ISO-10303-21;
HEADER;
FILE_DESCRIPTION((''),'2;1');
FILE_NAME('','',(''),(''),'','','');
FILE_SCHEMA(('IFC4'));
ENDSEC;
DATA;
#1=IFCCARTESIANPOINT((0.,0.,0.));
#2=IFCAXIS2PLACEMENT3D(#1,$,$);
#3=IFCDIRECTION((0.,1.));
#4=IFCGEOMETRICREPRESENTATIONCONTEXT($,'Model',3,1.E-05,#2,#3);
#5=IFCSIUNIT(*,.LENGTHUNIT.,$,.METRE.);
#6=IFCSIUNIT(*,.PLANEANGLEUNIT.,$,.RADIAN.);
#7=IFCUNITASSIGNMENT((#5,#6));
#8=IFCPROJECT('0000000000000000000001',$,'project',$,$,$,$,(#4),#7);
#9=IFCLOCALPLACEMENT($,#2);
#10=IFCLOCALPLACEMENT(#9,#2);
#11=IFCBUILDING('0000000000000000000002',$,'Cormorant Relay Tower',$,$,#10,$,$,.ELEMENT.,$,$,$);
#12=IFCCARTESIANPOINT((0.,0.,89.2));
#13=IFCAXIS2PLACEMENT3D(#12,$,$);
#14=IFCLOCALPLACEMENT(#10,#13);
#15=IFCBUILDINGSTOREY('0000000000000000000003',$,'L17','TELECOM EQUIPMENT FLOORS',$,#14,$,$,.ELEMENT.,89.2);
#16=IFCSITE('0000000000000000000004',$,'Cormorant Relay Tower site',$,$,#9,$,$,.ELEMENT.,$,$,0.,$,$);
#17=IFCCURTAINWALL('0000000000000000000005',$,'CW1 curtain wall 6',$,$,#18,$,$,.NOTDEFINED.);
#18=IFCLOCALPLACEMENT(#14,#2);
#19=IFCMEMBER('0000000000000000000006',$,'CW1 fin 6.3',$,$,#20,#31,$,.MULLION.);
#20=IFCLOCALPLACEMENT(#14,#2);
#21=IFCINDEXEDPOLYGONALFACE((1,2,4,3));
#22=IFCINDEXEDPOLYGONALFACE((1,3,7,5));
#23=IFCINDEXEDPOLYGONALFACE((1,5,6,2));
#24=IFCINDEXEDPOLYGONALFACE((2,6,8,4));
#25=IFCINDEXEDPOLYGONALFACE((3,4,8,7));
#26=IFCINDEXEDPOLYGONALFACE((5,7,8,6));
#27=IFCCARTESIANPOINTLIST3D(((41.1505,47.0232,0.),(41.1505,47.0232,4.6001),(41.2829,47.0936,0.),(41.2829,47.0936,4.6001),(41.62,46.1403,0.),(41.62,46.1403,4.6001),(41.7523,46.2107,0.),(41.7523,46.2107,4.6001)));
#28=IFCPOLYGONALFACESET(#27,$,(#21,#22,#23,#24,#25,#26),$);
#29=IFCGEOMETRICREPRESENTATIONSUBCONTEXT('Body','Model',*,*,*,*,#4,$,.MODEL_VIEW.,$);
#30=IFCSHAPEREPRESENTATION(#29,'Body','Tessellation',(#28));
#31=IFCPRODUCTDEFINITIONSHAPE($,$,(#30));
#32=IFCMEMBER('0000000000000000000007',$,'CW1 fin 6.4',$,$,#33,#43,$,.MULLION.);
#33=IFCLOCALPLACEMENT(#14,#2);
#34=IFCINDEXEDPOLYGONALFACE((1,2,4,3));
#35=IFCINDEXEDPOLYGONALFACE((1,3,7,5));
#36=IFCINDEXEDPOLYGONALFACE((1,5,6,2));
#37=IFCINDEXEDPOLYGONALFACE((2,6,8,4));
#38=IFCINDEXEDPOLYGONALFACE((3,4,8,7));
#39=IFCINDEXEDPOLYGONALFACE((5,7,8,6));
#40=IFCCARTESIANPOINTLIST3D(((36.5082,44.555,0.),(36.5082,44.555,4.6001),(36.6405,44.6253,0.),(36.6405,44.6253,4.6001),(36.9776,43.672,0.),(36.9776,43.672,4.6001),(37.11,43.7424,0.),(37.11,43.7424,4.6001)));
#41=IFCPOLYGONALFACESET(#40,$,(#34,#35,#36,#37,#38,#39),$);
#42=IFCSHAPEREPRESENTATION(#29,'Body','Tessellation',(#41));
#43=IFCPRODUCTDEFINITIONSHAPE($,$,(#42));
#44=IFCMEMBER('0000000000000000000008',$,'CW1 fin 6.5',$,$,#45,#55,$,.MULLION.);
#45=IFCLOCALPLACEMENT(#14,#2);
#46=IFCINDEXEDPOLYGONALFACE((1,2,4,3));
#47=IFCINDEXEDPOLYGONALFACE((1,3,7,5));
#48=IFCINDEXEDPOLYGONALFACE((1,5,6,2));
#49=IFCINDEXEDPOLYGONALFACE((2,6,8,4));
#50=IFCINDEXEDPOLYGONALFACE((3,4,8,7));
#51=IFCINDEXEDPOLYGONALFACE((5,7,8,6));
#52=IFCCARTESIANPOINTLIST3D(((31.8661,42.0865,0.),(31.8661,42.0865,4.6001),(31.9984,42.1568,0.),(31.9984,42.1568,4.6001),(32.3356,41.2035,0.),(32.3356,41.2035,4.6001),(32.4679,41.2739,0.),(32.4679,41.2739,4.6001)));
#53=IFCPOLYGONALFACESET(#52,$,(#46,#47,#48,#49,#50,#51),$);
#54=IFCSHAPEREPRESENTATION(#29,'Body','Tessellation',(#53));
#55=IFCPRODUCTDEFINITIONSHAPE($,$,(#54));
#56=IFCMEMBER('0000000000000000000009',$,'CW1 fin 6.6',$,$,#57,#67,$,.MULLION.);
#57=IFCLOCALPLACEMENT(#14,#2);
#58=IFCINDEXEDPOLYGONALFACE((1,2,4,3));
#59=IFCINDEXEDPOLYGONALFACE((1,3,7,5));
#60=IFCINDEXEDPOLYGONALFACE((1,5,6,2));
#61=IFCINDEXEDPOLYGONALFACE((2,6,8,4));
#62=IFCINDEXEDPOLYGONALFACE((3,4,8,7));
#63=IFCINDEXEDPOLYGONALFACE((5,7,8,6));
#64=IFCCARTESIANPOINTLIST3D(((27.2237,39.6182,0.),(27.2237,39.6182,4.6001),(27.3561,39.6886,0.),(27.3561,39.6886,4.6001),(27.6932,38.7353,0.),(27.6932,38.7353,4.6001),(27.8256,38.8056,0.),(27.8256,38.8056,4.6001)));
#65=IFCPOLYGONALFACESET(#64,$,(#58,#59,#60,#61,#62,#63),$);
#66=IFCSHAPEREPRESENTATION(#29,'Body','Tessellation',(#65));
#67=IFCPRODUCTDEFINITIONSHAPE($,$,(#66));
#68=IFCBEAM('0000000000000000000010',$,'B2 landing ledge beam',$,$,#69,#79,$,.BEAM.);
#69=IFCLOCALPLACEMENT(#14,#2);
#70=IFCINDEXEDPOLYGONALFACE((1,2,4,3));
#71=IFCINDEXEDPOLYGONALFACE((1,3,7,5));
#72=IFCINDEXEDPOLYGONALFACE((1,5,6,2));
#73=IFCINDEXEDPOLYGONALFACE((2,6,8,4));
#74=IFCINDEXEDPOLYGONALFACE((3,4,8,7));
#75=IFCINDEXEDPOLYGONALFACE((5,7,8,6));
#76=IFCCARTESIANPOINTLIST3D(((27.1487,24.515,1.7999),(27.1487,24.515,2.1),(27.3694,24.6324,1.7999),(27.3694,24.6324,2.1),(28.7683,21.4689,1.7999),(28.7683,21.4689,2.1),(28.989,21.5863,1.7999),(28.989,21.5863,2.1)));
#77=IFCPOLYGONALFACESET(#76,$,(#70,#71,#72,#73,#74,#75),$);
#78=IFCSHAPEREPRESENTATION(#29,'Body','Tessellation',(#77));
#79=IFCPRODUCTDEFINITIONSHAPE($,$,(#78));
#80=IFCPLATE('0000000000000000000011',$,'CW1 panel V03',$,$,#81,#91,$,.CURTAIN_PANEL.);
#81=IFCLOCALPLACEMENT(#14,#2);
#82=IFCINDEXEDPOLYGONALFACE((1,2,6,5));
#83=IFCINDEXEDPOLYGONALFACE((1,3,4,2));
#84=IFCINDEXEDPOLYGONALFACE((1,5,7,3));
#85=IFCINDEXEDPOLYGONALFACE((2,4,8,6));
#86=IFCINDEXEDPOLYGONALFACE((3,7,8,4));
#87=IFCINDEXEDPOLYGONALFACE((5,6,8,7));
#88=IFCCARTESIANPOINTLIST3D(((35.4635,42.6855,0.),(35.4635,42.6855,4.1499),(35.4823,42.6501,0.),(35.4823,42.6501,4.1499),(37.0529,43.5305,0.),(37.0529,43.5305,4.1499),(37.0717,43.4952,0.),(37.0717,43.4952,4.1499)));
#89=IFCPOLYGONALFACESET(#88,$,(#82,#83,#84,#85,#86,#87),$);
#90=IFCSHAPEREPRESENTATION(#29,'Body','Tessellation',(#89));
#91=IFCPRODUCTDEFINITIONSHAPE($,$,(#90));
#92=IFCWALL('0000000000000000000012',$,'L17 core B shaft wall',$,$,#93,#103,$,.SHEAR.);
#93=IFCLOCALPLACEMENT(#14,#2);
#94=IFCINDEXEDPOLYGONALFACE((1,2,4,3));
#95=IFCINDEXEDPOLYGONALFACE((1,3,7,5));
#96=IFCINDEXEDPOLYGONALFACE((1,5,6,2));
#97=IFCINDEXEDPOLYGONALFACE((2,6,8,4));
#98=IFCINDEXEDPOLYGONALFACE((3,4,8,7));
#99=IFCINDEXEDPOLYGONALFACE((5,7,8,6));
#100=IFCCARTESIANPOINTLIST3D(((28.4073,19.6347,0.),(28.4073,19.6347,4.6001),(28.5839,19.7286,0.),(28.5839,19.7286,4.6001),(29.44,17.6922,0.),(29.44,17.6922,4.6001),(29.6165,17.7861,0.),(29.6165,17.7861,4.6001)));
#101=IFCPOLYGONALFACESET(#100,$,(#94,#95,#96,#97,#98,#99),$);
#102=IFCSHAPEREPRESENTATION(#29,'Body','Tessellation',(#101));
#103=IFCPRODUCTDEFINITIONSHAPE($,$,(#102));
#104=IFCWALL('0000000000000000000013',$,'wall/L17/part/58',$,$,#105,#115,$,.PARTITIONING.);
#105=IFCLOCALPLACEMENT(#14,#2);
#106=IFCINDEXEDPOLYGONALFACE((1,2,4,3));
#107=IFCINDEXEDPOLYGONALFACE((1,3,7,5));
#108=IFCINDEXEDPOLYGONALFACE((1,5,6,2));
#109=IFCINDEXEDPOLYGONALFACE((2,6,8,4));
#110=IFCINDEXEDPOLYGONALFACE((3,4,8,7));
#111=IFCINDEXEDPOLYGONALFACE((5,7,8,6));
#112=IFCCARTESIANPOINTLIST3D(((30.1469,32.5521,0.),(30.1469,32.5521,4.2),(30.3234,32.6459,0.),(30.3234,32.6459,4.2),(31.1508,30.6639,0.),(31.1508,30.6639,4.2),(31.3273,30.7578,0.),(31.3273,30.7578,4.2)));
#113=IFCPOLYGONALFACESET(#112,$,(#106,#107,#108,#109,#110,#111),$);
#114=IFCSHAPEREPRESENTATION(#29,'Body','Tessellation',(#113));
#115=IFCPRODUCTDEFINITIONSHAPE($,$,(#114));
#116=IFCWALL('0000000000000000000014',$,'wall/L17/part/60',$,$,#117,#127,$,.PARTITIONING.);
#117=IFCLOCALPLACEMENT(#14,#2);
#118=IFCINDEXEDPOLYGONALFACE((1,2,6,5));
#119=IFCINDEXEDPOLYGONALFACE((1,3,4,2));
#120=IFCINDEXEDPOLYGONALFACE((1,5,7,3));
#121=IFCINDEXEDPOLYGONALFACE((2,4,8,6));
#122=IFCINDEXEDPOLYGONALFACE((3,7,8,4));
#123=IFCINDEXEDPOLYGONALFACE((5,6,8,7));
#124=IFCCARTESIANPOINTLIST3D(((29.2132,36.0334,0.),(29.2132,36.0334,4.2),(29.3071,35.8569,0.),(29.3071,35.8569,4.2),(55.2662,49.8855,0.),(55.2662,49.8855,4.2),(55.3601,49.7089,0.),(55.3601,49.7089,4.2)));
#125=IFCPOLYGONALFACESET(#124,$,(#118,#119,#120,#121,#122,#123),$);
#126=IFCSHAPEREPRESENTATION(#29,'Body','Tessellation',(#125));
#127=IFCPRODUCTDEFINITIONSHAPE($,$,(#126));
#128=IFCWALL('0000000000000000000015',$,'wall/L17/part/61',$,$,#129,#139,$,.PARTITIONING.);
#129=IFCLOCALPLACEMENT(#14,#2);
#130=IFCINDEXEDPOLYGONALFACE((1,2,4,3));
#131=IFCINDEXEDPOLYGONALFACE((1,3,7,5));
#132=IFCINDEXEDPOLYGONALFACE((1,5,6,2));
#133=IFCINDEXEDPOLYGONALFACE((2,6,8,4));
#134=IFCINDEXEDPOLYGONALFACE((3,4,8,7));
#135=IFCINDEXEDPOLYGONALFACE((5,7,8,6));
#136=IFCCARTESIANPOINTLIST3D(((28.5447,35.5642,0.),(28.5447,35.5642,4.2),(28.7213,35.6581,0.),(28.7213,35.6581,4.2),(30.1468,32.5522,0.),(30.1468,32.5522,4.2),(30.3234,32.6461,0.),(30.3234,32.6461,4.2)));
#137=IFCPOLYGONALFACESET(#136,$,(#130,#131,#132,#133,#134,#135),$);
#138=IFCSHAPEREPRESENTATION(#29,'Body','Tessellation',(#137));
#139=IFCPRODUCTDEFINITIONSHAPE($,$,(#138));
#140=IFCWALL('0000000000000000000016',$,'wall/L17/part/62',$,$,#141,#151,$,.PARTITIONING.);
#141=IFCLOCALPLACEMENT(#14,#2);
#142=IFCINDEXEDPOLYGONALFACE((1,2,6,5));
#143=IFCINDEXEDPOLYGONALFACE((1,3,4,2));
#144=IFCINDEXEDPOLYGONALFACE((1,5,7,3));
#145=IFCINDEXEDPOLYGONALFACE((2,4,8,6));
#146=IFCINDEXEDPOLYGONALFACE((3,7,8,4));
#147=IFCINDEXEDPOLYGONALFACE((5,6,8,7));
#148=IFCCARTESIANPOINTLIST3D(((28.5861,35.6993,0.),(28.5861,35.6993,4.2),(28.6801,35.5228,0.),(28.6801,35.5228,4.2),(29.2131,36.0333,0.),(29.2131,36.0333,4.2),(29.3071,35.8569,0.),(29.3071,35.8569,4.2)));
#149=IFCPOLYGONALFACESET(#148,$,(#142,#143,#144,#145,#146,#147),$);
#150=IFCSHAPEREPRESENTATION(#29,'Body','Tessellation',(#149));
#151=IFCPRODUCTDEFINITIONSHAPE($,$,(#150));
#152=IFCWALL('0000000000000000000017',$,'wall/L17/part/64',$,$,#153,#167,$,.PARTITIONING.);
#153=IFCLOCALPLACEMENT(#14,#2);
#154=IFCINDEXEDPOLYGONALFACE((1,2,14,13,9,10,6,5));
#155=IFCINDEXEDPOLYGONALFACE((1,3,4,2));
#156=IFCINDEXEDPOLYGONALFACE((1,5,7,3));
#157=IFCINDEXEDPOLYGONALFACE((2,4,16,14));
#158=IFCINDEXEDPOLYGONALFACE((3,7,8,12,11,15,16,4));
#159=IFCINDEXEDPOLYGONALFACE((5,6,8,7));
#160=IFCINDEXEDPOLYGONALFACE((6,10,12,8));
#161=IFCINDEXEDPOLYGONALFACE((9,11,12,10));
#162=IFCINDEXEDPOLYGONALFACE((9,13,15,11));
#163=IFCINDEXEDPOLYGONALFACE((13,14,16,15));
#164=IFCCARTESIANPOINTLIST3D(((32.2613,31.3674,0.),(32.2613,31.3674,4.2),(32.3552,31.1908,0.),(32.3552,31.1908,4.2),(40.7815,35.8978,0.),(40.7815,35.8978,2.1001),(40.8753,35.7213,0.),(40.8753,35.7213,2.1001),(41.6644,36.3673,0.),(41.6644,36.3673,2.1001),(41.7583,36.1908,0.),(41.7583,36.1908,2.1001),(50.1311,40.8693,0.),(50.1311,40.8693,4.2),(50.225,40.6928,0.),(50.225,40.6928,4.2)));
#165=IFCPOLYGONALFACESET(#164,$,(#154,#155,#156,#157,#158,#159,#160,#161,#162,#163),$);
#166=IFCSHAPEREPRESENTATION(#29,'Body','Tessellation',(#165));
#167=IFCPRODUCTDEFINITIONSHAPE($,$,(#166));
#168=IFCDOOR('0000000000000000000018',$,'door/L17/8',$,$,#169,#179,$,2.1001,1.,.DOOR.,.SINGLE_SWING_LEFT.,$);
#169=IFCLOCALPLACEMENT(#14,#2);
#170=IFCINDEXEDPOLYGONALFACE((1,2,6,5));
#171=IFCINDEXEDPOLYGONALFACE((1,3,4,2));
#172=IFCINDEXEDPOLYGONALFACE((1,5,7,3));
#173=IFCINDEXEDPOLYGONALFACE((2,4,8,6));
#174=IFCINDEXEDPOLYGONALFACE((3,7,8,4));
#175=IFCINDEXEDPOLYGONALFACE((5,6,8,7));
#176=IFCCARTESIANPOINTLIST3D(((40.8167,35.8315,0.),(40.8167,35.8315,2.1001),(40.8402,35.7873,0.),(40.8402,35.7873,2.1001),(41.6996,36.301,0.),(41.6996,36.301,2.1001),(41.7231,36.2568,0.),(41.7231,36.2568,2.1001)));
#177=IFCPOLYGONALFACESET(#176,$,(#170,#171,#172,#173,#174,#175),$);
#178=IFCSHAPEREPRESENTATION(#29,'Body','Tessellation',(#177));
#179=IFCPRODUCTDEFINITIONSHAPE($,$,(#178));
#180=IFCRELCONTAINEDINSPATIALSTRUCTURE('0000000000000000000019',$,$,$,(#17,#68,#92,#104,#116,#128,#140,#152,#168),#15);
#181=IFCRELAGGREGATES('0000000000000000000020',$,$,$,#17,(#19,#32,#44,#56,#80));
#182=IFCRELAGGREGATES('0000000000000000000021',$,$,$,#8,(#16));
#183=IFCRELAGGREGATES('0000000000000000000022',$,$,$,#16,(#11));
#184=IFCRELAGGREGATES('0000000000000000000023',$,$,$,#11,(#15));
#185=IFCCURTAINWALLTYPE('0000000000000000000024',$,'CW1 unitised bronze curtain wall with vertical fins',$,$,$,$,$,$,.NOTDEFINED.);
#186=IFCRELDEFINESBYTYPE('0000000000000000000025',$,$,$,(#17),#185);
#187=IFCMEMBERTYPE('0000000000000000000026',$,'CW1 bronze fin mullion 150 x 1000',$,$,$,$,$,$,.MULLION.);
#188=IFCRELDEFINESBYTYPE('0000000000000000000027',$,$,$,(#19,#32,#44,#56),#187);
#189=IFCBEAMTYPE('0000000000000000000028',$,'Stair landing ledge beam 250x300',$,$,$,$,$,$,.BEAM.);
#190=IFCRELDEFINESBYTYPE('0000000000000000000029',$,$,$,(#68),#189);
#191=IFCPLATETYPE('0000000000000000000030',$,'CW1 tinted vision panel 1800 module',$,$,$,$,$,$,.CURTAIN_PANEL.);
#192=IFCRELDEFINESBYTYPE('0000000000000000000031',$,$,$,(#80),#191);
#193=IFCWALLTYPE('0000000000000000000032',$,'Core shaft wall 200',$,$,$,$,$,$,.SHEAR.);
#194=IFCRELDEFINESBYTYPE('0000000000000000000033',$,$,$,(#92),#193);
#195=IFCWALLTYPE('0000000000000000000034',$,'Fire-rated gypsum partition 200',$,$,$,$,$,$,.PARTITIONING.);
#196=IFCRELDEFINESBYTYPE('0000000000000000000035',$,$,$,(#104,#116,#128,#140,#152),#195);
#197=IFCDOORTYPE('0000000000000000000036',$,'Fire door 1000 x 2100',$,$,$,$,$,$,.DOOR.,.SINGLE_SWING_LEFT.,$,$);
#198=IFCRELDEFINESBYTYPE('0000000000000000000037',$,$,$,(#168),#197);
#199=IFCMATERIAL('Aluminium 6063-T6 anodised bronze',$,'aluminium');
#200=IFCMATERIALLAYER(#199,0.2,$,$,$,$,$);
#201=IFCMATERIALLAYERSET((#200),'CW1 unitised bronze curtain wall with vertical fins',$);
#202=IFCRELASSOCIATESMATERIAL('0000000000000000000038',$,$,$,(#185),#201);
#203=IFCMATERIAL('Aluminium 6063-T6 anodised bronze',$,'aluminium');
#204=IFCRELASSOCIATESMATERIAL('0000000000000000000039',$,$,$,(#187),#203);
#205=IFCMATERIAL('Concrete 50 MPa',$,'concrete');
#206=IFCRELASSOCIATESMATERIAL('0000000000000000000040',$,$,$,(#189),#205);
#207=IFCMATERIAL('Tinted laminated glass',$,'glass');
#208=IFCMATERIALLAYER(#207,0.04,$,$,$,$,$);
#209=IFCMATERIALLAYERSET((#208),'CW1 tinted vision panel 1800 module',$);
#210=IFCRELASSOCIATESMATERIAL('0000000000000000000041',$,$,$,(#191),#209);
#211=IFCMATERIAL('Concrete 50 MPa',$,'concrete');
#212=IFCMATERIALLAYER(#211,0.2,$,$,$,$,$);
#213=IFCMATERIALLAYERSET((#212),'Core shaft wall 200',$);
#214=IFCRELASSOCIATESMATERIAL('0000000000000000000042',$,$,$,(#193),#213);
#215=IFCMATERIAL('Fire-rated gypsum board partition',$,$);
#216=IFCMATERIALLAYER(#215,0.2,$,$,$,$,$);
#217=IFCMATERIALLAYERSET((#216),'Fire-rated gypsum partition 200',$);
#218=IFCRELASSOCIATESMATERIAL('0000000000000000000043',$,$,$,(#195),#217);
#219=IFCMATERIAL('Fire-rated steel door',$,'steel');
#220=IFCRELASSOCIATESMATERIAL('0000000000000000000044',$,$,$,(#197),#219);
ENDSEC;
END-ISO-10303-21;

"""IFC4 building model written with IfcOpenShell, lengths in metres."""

from ifc_helpers import new_model, si_unit, direction, frame, frame_2d, origin, origin_2d, place, context, subcontext, project, spatial, rectangle, extrude, material, layer, layer_set, material_profile, profile_set, type_object, element, fill, aggregate, save


model = new_model("IFC4")

# Units and contexts
model_context = context("Model", 3, precision=1e-05, world=origin(), true_north=direction((0.0, 1.0)))
body_context = subcontext(model_context, "Body", "Model", "MODEL_VIEW")
ifc_project = project(units=[si_unit("LENGTHUNIT", "METRE"), si_unit("PLANEANGLEUNIT", "RADIAN")], contexts=[model_context])

# Site, building, storey
site_placement = place(None, origin())
site = spatial("IfcSite", under=ifc_project, at=site_placement, Name="Cormorant Relay Tower site", CompositionType="ELEMENT", RefElevation=0.0)
building_placement = place(site_placement, origin())
building = spatial("IfcBuilding", under=site, at=building_placement, Name="Cormorant Relay Tower", CompositionType="ELEMENT")
storey_placement = place(building_placement, frame((0.0, 0.0, 89.2)))
storey = spatial("IfcBuildingStorey", under=building, at=storey_placement, Name="L17", Description="TELECOM EQUIPMENT FLOORS", CompositionType="ELEMENT", Elevation=89.2)

# Curtain wall, members
ifc_material_1 = material(Name="Aluminium 6063-T6 anodised bronze", Category="aluminium")
ifc_layer_1 = layer(ifc_material_1, 0.2)
ifc_layer_set_1 = layer_set([ifc_layer_1], Name="CW1 unitised bronze curtain wall with vertical fins")
curtain_wall_type = type_object("IfcCurtainWallType", Name="CW1 unitised bronze curtain wall with vertical fins", PredefinedType="NOTDEFINED", material=ifc_layer_set_1)
curtain_wall_placement = place(storey_placement, origin())
curtain_wall = element("IfcCurtainWall", 1, at=curtain_wall_placement, inside=storey, type_object=curtain_wall_type, Name="CW1 curtain wall 6", PredefinedType="NOTDEFINED")
ifc_material_2 = material(Name="Aluminium 6063-T6 anodised bronze", Category="aluminium")
ifc_material_profile_1 = material_profile(ifc_material_2, rectangle(XDim=0.1499, YDim=1.0, at=origin_2d()), Name="AL 150x1000")
ifc_profile_set_1 = profile_set([ifc_material_profile_1], Name="Aluminium 6063-T6 anodised bronze")
member_type = type_object("IfcMemberType", Name="CW1 bronze fin mullion 150 x 1000", PredefinedType="MULLION", material=ifc_profile_set_1)
member_1_placement = place(storey_placement, frame((41.4514, 46.6169, 0.0), z_axis=(0.0, 0.0, 1.0), x_axis=(-0.882948, -0.469472, 0.0)))
member_1 = element("IfcMember", 2, at=member_1_placement, type_object=member_type, Name="CW1 fin 6.3", PredefinedType="MULLION", context=body_context, shape_type="SweptSolid", body=[
    extrude(rectangle(XDim=0.1499, YDim=1.0, at=origin_2d()), origin(), (0.0, 0.0, 1.0), 4.6001),
])
member_2_placement = place(storey_placement, frame((36.8091, 44.1487, 0.0), z_axis=(0.0, 0.0, 1.0), x_axis=(-0.882948, -0.469472, 0.0)))
member_2 = element("IfcMember", 3, at=member_2_placement, type_object=member_type, Name="CW1 fin 6.4", PredefinedType="MULLION", context=body_context, shape_type="SweptSolid", body=[
    extrude(rectangle(XDim=0.1499, YDim=1.0, at=origin_2d()), origin(), (0.0, 0.0, 1.0), 4.6001),
])
member_3_placement = place(storey_placement, frame((32.167, 41.6802, 0.0), z_axis=(0.0, 0.0, 1.0), x_axis=(-0.882948, -0.469472, 0.0)))
member_3 = element("IfcMember", 4, at=member_3_placement, type_object=member_type, Name="CW1 fin 6.5", PredefinedType="MULLION", context=body_context, shape_type="SweptSolid", body=[
    extrude(rectangle(XDim=0.1499, YDim=1.0, at=origin_2d()), origin(), (0.0, 0.0, 1.0), 4.6001),
])
member_4_placement = place(storey_placement, frame((27.5247, 39.2119, 0.0), z_axis=(0.0, 0.0, 1.0), x_axis=(-0.882948, -0.469472, 0.0)))
member_4 = element("IfcMember", 5, at=member_4_placement, type_object=member_type, Name="CW1 fin 6.6", PredefinedType="MULLION", context=body_context, shape_type="SweptSolid", body=[
    extrude(rectangle(XDim=0.1499, YDim=1.0, at=origin_2d()), origin(), (0.0, 0.0, 1.0), 4.6001),
])

# Beam
ifc_material_3 = material(Name="Concrete 50 MPa", Category="concrete")
ifc_material_profile_2 = material_profile(ifc_material_3, rectangle(XDim=0.25, YDim=0.3, at=origin_2d()), Name="RC 250x300")
ifc_profile_set_2 = profile_set([ifc_material_profile_2], Name="Concrete 50 MPa")
beam_type = type_object("IfcBeamType", Name="Stair landing ledge beam 250x300", PredefinedType="BEAM", material=ifc_profile_set_2)
beam_placement = place(storey_placement, frame((28.8787, 21.5276, 1.95), z_axis=(-0.469464, 0.882952, 0.0), x_axis=(-0.882952, -0.469464, 0.0)))
element("IfcBeam", 6, at=beam_placement, inside=storey, type_object=beam_type, Name="B2 landing ledge beam", PredefinedType="BEAM", context=body_context, shape_type="SweptSolid", body=[
    extrude(rectangle(XDim=0.25, YDim=0.3, at=origin_2d()), origin(), (0.0, 0.0, 1.0), 3.45),
])

# Plate
ifc_material_4 = material(Name="Tinted laminated glass", Category="glass")
ifc_layer_2 = layer(ifc_material_4, 0.04)
ifc_layer_set_2 = layer_set([ifc_layer_2], Name="CW1 tinted vision panel 1800 module")
plate_type = type_object("IfcPlateType", Name="CW1 tinted vision panel 1800 module", PredefinedType="CURTAIN_PANEL", material=ifc_layer_set_2)
plate_placement = place(storey_placement, frame((36.2676, 43.0903, 0.0), z_axis=(0.0, 0.0, 1.0), x_axis=(-0.882948, -0.469472, 0.0)))
plate = element("IfcPlate", 7, at=plate_placement, type_object=plate_type, Name="CW1 panel V03", PredefinedType="CURTAIN_PANEL", context=body_context, shape_type="SweptSolid", body=[
    extrude(rectangle(XDim=1.8, YDim=0.04, at=origin_2d()), origin(), (0.0, 0.0, 1.0), 4.1499),
])

# Walls
ifc_material_5 = material(Name="Concrete 50 MPa", Category="concrete")
ifc_layer_3 = layer(ifc_material_5, 0.2)
ifc_layer_set_3 = layer_set([ifc_layer_3], Name="Core shaft wall 200")
wall_type_1 = type_object("IfcWallType", Name="Core shaft wall 200", PredefinedType="SHEAR", material=ifc_layer_set_3)
wall_1_placement = place(storey_placement, frame((29.5283, 17.739, 0.0), z_axis=(0.0, 0.0, 1.0), x_axis=(-0.469401, 0.882985, 0.0)))
element("IfcWall", 8, at=wall_1_placement, inside=storey, type_object=wall_type_1, Name="L17 core B shaft wall", PredefinedType="SHEAR", context=body_context, shape_type="SweptSolid", body=[
    extrude(rectangle(XDim=2.2, YDim=0.2, at=frame_2d((1.1001, 0.0))), origin(), (0.0, 0.0, 1.0), 4.6001),
])
ifc_material_6 = material(Name="Fire-rated gypsum board partition")
ifc_layer_4 = layer(ifc_material_6, 0.2)
ifc_layer_set_4 = layer_set([ifc_layer_4], Name="Fire-rated gypsum partition 200")
wall_type_2 = type_object("IfcWallType", Name="Fire-rated gypsum partition 200", PredefinedType="PARTITIONING", material=ifc_layer_set_4)
wall_2_placement = place(storey_placement, frame((30.2351, 32.5991, 0.0), z_axis=(0.0, 0.0, 1.0), x_axis=(0.46945, -0.882959, 0.0)))
element("IfcWall", 9, at=wall_2_placement, inside=storey, type_object=wall_type_2, Name="wall/L17/part/58", PredefinedType="PARTITIONING", context=body_context, shape_type="SweptSolid", body=[
    extrude(rectangle(XDim=2.1384, YDim=0.2, at=frame_2d((1.0693, 0.0))), origin(), (0.0, 0.0, 1.0), 4.2),
])
wall_3_placement = place(storey_placement, frame((29.26, 35.9451, 0.0), z_axis=(0.0, 0.0, 1.0), x_axis=(0.882956, 0.469457, 0.0)))
element("IfcWall", 10, at=wall_3_placement, inside=storey, type_object=wall_type_2, Name="wall/L17/part/60", PredefinedType="PARTITIONING", context=body_context, shape_type="SweptSolid", body=[
    extrude(rectangle(XDim=29.5066, YDim=0.2, at=frame_2d((14.7534, 0.0))), origin(), (0.0, 0.0, 1.0), 4.2),
])
wall_4_placement = place(storey_placement, frame((30.2351, 32.5991, 0.0), z_axis=(0.0, 0.0, 1.0), x_axis=(-0.4696, 0.882879, 0.0)))
element("IfcWall", 11, at=wall_4_placement, inside=storey, type_object=wall_type_2, Name="wall/L17/part/61", PredefinedType="PARTITIONING", context=body_context, shape_type="SweptSolid", body=[
    extrude(rectangle(XDim=3.4116, YDim=0.2, at=frame_2d((1.7058, 0.0))), origin(), (0.0, 0.0, 1.0), 4.2),
])
wall_5_placement = place(storey_placement, frame((28.6331, 35.6111, 0.0), z_axis=(0.0, 0.0, 1.0), x_axis=(0.882581, 0.47016, 0.0)))
element("IfcWall", 12, at=wall_5_placement, inside=storey, type_object=wall_type_2, Name="wall/L17/part/62", PredefinedType="PARTITIONING", context=body_context, shape_type="SweptSolid", body=[
    extrude(rectangle(XDim=0.7104, YDim=0.2, at=frame_2d((0.3552, 0.0))), origin(), (0.0, 0.0, 1.0), 4.2),
])

# Wall, opening, door
wall_6_placement = place(storey_placement, frame((32.3081, 31.2791, 0.0), z_axis=(0.0, 0.0, 1.0), x_axis=(0.88294, 0.469486, 0.0)))
wall_6 = element("IfcWall", 13, at=wall_6_placement, inside=storey, type_object=wall_type_2, Name="wall/L17/part/64", PredefinedType="PARTITIONING", context=body_context, shape_type="SweptSolid", body=[
    extrude(rectangle(XDim=20.239, YDim=0.2, at=frame_2d((10.1196, 0.0))), origin(), (0.0, 0.0, 1.0), 4.2),
])
opening_placement = place(wall_6_placement, frame((9.6499, 0.0, 0.0)))
opening = element("IfcOpeningElement", 14, at=opening_placement, cuts=wall_6, PredefinedType="OPENING", context=body_context, shape_type="SweptSolid", body=[
    extrude(rectangle(XDim=1.0, YDim=2.1001, at=frame_2d((0.5, 1.05))), frame((0.0, 0.1099, 0.0), z_axis=(0.0, -1.0, 0.0), x_axis=(1.0, 0.0, 0.0)), (0.0, 0.0, 1.0), 0.22),
])
ifc_material_7 = material(Name="Fire-rated steel door", Category="steel")
door_type = type_object("IfcDoorType", Name="Fire door 1000 x 2100", OperationType="SINGLE_SWING_LEFT", PredefinedType="DOOR", material=ifc_material_7)
door_placement = place(opening_placement, origin())
door = element("IfcDoor", 15, at=door_placement, inside=storey, type_object=door_type, Name="door/L17/8", OperationType="SINGLE_SWING_LEFT", OverallHeight=2.1001, OverallWidth=1.0, PredefinedType="DOOR", context=body_context, shape_type="SweptSolid", body=[
    extrude(rectangle(XDim=1.0, YDim=2.1001, at=frame_2d((0.5, 1.05))), frame((0.0, 0.0249, 0.0), z_axis=(0.0, -1.0, 0.0), x_axis=(1.0, 0.0, 0.0)), (0.0, 0.0, 1.0), 0.05),
])
fill(opening, door)

aggregate(curtain_wall, [member_1, member_2, member_3, member_4, plate])

save(model, "model.ifc")
